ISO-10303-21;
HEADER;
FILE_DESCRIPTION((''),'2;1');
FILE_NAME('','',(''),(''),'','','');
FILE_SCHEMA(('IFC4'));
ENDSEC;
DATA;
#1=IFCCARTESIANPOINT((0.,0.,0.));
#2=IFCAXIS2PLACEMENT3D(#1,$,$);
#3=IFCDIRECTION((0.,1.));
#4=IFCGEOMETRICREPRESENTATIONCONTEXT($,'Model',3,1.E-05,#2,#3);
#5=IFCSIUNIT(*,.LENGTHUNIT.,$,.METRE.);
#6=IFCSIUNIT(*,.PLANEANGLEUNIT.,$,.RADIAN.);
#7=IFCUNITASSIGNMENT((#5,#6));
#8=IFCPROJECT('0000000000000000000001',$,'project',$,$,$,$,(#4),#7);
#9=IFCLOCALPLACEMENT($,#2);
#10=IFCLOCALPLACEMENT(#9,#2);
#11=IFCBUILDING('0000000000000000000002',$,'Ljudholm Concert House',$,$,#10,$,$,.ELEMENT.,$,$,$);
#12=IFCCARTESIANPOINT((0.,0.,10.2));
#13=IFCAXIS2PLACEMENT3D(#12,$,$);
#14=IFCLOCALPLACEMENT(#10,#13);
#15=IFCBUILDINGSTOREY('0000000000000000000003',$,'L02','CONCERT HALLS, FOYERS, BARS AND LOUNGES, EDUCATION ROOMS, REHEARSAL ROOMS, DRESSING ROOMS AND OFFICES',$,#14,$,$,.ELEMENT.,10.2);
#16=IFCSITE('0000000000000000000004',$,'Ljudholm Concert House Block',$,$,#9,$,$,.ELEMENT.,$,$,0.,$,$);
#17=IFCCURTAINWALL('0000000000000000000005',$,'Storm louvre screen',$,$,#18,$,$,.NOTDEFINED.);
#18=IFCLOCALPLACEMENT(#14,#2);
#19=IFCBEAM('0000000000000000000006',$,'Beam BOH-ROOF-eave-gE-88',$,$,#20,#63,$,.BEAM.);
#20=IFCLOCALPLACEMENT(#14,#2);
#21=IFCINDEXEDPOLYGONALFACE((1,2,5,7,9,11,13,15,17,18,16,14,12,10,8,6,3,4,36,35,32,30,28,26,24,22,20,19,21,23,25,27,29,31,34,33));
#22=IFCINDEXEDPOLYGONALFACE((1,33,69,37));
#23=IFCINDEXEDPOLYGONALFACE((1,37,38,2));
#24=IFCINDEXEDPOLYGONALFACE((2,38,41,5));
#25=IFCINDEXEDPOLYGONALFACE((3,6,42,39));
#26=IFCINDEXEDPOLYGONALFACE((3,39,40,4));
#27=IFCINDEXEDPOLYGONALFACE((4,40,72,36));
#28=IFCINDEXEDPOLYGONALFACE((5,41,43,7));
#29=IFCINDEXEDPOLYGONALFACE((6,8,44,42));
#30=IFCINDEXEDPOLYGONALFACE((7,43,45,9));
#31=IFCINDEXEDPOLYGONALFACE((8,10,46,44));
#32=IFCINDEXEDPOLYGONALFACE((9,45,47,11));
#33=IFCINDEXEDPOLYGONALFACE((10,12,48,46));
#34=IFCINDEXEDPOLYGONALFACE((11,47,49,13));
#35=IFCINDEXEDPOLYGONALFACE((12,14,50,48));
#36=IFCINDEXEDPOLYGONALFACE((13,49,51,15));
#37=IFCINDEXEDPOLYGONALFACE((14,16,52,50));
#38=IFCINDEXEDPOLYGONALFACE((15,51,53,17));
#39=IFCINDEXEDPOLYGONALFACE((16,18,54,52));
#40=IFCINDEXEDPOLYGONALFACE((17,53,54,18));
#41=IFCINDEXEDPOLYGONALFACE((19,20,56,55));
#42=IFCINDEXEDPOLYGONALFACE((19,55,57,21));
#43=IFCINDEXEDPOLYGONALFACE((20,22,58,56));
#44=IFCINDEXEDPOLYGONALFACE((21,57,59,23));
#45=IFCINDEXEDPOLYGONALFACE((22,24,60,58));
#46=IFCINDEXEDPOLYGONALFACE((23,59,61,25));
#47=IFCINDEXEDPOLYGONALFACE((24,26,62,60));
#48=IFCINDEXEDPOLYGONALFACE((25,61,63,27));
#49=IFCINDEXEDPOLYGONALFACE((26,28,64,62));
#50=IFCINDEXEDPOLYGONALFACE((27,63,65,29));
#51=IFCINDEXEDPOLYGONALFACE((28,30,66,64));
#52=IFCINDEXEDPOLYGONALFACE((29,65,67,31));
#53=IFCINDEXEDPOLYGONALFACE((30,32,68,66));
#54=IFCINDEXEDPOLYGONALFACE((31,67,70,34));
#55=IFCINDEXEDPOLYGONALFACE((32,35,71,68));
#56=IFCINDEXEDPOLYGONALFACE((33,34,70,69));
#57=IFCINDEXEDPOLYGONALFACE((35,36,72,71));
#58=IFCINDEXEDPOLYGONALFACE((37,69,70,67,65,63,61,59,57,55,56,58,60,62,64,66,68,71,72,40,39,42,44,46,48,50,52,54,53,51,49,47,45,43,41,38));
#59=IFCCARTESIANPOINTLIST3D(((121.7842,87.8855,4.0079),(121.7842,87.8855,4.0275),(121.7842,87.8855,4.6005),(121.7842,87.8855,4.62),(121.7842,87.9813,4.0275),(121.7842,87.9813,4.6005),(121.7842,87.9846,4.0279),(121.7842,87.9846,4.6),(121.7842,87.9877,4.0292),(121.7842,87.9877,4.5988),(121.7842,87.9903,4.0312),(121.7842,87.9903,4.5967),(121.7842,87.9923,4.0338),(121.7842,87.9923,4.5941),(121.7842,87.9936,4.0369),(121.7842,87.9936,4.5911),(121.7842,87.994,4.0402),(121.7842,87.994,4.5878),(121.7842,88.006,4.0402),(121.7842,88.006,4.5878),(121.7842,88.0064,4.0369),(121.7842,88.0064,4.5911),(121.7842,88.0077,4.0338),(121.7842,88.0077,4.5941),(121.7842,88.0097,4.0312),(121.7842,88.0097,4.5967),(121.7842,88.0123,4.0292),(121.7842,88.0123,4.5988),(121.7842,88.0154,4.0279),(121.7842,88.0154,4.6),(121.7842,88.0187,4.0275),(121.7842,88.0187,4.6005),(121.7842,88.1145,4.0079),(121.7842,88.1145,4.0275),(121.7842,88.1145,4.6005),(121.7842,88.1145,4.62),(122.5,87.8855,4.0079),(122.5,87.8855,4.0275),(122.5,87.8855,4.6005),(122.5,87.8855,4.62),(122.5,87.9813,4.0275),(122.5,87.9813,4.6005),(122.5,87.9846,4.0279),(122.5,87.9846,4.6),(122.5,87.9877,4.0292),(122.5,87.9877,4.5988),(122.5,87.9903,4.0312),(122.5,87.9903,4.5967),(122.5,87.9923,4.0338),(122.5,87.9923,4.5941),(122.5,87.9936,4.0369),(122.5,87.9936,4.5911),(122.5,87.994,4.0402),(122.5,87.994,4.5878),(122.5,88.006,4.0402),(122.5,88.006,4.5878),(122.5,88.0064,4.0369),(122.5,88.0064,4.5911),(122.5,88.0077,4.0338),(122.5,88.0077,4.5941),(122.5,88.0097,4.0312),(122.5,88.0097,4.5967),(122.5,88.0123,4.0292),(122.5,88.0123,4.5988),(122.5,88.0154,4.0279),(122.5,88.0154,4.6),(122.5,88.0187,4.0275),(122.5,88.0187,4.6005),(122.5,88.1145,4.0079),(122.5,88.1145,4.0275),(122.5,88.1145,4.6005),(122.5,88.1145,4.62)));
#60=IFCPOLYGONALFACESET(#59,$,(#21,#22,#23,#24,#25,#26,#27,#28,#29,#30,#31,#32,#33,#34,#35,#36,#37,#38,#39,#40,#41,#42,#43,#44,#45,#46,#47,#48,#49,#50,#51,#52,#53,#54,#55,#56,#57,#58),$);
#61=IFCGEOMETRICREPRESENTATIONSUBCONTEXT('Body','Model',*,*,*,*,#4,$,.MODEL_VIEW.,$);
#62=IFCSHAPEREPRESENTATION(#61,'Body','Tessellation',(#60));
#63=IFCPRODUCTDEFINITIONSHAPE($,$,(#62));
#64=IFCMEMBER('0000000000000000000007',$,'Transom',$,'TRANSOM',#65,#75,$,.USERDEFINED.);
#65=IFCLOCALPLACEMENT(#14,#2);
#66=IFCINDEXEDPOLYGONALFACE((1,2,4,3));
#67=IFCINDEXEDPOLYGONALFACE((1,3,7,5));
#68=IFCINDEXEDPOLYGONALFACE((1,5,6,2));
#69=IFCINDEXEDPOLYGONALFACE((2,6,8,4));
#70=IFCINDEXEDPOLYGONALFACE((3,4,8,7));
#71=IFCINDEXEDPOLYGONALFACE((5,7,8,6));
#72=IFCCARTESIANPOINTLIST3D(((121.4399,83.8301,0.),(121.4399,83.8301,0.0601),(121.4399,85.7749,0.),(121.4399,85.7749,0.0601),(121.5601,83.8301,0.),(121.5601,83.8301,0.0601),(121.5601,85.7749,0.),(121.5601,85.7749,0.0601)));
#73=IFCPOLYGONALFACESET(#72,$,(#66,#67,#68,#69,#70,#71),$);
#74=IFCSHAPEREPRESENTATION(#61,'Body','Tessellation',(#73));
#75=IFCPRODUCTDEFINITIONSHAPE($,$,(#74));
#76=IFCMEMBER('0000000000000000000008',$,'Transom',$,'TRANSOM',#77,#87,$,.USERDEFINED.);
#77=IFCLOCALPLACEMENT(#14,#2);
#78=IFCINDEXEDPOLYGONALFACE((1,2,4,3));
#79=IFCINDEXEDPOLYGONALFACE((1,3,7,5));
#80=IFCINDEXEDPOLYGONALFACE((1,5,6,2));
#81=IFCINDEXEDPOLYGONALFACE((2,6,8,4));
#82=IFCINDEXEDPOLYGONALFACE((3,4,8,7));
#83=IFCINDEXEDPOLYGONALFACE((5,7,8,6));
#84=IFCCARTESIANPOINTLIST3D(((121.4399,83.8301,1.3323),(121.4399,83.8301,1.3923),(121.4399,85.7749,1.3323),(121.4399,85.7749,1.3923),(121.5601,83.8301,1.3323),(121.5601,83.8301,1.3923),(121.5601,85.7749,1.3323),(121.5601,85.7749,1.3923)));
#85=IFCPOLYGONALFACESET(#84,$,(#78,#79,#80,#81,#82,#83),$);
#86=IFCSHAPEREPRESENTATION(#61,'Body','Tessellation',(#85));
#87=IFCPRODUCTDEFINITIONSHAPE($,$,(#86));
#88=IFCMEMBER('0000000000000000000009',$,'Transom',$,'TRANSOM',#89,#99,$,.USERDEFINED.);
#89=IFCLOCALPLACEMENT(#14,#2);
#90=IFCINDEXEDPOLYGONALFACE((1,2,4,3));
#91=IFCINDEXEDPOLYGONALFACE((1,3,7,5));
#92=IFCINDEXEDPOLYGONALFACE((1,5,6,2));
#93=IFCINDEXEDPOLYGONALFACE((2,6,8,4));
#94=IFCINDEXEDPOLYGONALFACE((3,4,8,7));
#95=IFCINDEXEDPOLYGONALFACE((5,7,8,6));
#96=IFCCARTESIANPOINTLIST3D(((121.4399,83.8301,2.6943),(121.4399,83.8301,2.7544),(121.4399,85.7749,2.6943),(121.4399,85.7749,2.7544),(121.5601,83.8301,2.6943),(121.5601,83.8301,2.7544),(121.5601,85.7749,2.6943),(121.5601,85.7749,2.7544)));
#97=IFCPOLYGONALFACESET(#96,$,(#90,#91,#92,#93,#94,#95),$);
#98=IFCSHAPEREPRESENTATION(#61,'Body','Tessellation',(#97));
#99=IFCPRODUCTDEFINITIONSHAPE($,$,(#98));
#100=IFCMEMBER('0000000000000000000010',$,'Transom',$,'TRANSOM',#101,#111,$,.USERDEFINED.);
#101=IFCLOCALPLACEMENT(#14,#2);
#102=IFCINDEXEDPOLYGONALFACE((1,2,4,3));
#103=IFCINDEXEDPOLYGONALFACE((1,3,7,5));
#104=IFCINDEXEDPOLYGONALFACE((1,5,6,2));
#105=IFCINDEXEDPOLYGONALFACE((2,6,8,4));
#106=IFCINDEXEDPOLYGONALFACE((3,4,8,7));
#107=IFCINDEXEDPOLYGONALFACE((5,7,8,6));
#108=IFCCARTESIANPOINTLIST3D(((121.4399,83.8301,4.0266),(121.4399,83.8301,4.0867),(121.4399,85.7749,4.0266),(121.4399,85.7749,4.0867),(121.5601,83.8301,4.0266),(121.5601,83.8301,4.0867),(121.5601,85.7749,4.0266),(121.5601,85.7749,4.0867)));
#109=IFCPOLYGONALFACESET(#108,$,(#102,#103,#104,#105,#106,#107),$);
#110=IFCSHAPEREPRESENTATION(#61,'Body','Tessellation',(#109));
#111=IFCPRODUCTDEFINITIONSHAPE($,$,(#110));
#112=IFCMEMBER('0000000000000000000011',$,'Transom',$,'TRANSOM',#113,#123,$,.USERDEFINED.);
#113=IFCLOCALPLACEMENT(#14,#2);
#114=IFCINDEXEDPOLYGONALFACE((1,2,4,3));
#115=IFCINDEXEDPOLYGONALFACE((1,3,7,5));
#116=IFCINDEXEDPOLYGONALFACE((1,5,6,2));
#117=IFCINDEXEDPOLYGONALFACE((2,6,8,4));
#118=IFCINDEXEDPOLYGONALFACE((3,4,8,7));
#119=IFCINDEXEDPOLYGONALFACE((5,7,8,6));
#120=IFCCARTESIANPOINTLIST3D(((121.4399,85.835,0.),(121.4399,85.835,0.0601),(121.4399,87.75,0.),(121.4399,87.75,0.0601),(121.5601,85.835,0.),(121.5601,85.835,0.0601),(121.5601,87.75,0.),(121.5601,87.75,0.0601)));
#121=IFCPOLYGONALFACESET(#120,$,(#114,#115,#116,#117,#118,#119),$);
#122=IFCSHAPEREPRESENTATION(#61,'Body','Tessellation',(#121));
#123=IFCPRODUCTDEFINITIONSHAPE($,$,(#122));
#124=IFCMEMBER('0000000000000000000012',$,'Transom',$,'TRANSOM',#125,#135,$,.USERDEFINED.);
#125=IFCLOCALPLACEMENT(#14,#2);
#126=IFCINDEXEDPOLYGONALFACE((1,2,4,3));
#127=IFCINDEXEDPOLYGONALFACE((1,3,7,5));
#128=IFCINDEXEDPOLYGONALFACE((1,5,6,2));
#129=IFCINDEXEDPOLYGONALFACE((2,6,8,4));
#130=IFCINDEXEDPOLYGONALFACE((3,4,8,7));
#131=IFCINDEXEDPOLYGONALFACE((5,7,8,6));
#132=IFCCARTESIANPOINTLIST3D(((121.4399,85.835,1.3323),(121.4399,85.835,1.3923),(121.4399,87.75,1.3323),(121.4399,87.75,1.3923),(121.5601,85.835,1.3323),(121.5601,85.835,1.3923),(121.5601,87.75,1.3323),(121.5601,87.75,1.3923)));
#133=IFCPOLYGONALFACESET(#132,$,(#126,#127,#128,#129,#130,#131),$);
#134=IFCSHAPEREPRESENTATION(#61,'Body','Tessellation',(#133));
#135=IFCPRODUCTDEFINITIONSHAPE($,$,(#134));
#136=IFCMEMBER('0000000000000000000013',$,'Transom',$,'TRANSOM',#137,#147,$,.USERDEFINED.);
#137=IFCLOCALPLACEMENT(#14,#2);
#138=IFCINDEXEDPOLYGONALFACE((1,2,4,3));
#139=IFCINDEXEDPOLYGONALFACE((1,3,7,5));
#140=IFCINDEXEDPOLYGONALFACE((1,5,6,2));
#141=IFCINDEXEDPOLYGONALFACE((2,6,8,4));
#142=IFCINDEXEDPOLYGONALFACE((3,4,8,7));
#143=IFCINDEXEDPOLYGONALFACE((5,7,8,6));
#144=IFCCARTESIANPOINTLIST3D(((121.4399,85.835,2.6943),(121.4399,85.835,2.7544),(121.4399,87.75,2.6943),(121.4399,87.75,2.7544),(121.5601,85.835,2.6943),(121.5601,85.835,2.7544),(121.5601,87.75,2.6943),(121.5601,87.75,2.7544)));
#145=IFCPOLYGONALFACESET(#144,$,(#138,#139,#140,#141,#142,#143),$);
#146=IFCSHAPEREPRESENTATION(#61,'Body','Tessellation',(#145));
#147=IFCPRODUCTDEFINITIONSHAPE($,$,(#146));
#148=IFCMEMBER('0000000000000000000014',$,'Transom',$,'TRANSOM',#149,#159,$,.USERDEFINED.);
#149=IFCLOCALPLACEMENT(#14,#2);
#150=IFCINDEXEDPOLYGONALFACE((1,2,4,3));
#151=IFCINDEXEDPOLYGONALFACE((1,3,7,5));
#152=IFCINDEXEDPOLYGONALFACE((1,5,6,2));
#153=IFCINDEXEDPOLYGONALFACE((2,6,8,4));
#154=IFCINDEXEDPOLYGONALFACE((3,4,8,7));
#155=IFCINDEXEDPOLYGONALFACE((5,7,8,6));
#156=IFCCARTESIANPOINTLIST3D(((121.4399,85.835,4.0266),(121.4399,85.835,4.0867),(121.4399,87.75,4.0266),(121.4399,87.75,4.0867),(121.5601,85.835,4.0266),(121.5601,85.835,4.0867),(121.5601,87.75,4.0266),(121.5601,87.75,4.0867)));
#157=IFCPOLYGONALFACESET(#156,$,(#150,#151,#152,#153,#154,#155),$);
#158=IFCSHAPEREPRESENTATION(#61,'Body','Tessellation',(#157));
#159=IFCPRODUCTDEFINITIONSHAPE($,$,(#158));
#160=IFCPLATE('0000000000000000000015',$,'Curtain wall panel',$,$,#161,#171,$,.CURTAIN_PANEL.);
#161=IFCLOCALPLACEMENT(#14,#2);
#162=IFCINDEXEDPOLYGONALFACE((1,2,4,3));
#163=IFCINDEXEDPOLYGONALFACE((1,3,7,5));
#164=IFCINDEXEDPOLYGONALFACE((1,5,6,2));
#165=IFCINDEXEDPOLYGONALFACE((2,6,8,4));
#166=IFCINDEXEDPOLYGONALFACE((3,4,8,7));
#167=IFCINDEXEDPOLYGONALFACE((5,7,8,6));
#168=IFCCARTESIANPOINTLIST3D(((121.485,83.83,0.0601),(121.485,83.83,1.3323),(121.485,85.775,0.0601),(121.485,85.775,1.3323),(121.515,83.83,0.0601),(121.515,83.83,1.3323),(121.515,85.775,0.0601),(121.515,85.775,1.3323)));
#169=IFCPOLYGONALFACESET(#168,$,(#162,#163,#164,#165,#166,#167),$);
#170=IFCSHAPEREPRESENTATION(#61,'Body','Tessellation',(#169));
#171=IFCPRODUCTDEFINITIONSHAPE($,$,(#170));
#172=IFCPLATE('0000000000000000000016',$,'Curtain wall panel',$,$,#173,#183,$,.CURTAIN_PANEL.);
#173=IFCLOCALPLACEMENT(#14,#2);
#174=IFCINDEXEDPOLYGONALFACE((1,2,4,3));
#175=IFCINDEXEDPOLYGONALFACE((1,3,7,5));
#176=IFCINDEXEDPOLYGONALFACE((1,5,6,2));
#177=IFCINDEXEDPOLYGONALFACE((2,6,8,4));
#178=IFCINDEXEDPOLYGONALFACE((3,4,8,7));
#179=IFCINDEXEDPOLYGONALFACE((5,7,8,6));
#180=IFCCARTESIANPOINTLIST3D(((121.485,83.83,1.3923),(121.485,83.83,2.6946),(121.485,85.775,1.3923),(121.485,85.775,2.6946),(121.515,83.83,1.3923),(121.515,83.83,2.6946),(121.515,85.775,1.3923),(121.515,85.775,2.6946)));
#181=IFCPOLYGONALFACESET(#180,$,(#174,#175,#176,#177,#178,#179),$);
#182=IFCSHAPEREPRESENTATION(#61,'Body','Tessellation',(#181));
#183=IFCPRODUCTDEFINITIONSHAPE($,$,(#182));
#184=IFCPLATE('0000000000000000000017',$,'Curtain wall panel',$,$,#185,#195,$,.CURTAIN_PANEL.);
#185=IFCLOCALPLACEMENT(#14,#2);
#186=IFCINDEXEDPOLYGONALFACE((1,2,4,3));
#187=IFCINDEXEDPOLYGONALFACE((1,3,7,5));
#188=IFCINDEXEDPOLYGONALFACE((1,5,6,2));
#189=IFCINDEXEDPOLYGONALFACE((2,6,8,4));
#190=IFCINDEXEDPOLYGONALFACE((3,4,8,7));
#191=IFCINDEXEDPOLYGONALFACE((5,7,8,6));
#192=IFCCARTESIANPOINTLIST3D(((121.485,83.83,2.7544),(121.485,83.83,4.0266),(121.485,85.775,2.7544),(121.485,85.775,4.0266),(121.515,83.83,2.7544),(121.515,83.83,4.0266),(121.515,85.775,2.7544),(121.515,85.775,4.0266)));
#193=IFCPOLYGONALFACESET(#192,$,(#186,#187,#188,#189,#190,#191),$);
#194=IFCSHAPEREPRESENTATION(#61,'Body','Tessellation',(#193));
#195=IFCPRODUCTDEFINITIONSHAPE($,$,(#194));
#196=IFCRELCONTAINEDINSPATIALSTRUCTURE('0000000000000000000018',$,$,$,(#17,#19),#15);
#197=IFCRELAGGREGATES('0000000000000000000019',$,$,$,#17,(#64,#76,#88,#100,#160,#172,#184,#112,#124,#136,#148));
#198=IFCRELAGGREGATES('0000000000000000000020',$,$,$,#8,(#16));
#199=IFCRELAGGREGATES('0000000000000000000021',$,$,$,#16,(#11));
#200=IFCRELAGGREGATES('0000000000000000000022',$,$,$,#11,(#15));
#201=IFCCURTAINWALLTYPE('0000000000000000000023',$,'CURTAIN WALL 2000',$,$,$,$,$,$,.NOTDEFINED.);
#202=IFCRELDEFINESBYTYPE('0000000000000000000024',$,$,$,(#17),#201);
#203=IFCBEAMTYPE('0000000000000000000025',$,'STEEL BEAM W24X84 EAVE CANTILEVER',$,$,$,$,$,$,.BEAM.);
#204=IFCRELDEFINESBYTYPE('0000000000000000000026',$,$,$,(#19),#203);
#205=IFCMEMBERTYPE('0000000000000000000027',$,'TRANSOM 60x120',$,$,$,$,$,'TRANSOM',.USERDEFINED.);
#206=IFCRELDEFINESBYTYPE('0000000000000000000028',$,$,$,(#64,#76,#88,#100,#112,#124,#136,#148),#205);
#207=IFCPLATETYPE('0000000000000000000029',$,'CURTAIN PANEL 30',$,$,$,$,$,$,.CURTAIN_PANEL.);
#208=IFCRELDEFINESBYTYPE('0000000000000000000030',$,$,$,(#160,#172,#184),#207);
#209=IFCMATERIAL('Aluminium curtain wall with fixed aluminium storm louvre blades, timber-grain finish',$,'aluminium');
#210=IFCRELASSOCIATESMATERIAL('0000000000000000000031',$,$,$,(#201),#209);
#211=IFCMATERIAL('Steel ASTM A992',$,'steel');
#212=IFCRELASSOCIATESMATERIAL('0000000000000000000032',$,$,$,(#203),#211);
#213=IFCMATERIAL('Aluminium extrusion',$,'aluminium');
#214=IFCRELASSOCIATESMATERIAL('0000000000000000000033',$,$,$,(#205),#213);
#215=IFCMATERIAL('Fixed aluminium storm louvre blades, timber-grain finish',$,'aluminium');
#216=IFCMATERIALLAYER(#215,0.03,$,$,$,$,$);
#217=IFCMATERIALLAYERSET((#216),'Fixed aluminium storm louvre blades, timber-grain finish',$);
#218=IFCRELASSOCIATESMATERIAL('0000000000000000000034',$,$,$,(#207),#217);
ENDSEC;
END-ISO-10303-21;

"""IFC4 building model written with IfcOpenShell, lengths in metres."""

from ifc_helpers import new_model, si_unit, direction, frame, origin, origin_2d, place, context, subcontext, project, spatial, rectangle, i_section, extrude, material, layer, layer_set, material_profile, profile_set, type_object, element, aggregate, save


model = new_model("IFC4")

# Units and contexts
model_context = context("Model", 3, precision=1e-05, world=origin(), true_north=direction((0.0, 1.0)))
body_context = subcontext(model_context, "Body", "Model", "MODEL_VIEW")
ifc_project = project(units=[si_unit("LENGTHUNIT", "METRE"), si_unit("PLANEANGLEUNIT", "RADIAN")], contexts=[model_context])

# Site, building, storey
site_placement = place(None, origin())
site = spatial("IfcSite", under=ifc_project, at=site_placement, Name="Ljudholm Concert House Block", CompositionType="ELEMENT", RefElevation=0.0)
building_placement = place(site_placement, origin())
building = spatial("IfcBuilding", under=site, at=building_placement, Name="Ljudholm Concert House", CompositionType="ELEMENT")
storey_placement = place(building_placement, frame((0.0, 0.0, 10.2)))
storey = spatial("IfcBuildingStorey", under=building, at=storey_placement, Name="L02", Description="CONCERT HALLS, FOYERS, BARS AND LOUNGES, EDUCATION ROOMS, REHEARSAL ROOMS, DRESSING ROOMS AND OFFICES", CompositionType="ELEMENT", Elevation=10.2)

# Curtain wall
ifc_material_1 = material(Name="Aluminium curtain wall with fixed aluminium storm louvre blades, timber-grain finish", Category="aluminium")
curtain_wall_type = type_object("IfcCurtainWallType", Name="CURTAIN WALL 2000", PredefinedType="NOTDEFINED", material=ifc_material_1)
curtain_wall_placement = place(storey_placement, origin())
curtain_wall = element("IfcCurtainWall", 1, at=curtain_wall_placement, inside=storey, type_object=curtain_wall_type, Name="Storm louvre screen", PredefinedType="NOTDEFINED")

# Beam
ifc_material_2 = material(Name="Steel ASTM A992", Category="steel")
ifc_material_profile_1 = material_profile(ifc_material_2, i_section(OverallWidth=0.229, OverallDepth=0.6121, WebThickness=0.012, FlangeThickness=0.0195, FilletRadius=0.0127, at=origin_2d()), Name="W24X84")
ifc_profile_set_1 = profile_set([ifc_material_profile_1], Name="Steel ASTM A992")
beam_type_1 = type_object("IfcBeamType", Name="STEEL BEAM W24X84 EAVE CANTILEVER", PredefinedType="BEAM", material=ifc_profile_set_1)
beam_1_placement = place(storey_placement, frame((121.7842, 88.0, 4.314), z_axis=(1.0, 0.0, 0.0), x_axis=(0.0, 1.0, 0.0)))
element("IfcBeam", 2, at=beam_1_placement, inside=storey, type_object=beam_type_1, Name="Beam BOH-ROOF-eave-gE-88", PredefinedType="BEAM", context=body_context, shape_type="SweptSolid", body=[
    extrude(i_section(OverallWidth=0.229, OverallDepth=0.6121, WebThickness=0.012, FlangeThickness=0.0195, FilletRadius=0.0127, at=origin_2d()), origin(), (0.0, 0.0, 1.0), 0.7158),
])

# Members
ifc_material_3 = material(Name="Aluminium extrusion", Category="aluminium")
ifc_material_profile_2 = material_profile(ifc_material_3, rectangle(XDim=0.1201, YDim=0.0601, at=origin_2d()), Name="TRANSOM 60x120")
ifc_profile_set_2 = profile_set([ifc_material_profile_2], Name="Aluminium extrusion")
member_type_1 = type_object("IfcMemberType", Name="TRANSOM 60x120", ElementType="TRANSOM", PredefinedType="USERDEFINED", material=ifc_profile_set_2)
member_1_placement = place(storey_placement, frame((121.5, 83.8301, 0.03), z_axis=(0.0, 1.0, 0.0), x_axis=(-1.0, 0.0, 0.0)))
member_1 = element("IfcMember", 3, at=member_1_placement, type_object=member_type_1, Name="Transom", ObjectType="TRANSOM", PredefinedType="USERDEFINED", context=body_context, shape_type="SweptSolid", body=[
    extrude(rectangle(XDim=0.1201, YDim=0.0601, at=origin_2d()), origin(), (0.0, 0.0, 1.0), 1.9448),
])
member_2_placement = place(storey_placement, frame((121.5, 83.8301, 1.3623), z_axis=(0.0, 1.0, 0.0), x_axis=(-1.0, 0.0, 0.0)))
member_2 = element("IfcMember", 4, at=member_2_placement, type_object=member_type_1, Name="Transom", ObjectType="TRANSOM", PredefinedType="USERDEFINED", context=body_context, shape_type="SweptSolid", body=[
    extrude(rectangle(XDim=0.1201, YDim=0.0601, at=origin_2d()), origin(), (0.0, 0.0, 1.0), 1.9448),
])
member_3_placement = place(storey_placement, frame((121.5, 83.8301, 2.7244), z_axis=(0.0, 1.0, 0.0), x_axis=(-1.0, 0.0, 0.0)))
member_3 = element("IfcMember", 5, at=member_3_placement, type_object=member_type_1, Name="Transom", ObjectType="TRANSOM", PredefinedType="USERDEFINED", context=body_context, shape_type="SweptSolid", body=[
    extrude(rectangle(XDim=0.1201, YDim=0.0601, at=origin_2d()), origin(), (0.0, 0.0, 1.0), 1.9448),
])
member_4_placement = place(storey_placement, frame((121.5, 83.8301, 4.0566), z_axis=(0.0, 1.0, 0.0), x_axis=(-1.0, 0.0, 0.0)))
member_4 = element("IfcMember", 6, at=member_4_placement, type_object=member_type_1, Name="Transom", ObjectType="TRANSOM", PredefinedType="USERDEFINED", context=body_context, shape_type="SweptSolid", body=[
    extrude(rectangle(XDim=0.1201, YDim=0.0601, at=origin_2d()), origin(), (0.0, 0.0, 1.0), 1.9448),
])
member_5_placement = place(storey_placement, frame((121.5, 85.835, 0.03), z_axis=(0.0, 1.0, 0.0), x_axis=(-1.0, 0.0, 0.0)))
member_5 = element("IfcMember", 7, at=member_5_placement, type_object=member_type_1, Name="Transom", ObjectType="TRANSOM", PredefinedType="USERDEFINED", context=body_context, shape_type="SweptSolid", body=[
    extrude(rectangle(XDim=0.1201, YDim=0.0601, at=origin_2d()), origin(), (0.0, 0.0, 1.0), 1.915),
])
member_6_placement = place(storey_placement, frame((121.5, 85.835, 1.3623), z_axis=(0.0, 1.0, 0.0), x_axis=(-1.0, 0.0, 0.0)))
member_6 = element("IfcMember", 8, at=member_6_placement, type_object=member_type_1, Name="Transom", ObjectType="TRANSOM", PredefinedType="USERDEFINED", context=body_context, shape_type="SweptSolid", body=[
    extrude(rectangle(XDim=0.1201, YDim=0.0601, at=origin_2d()), origin(), (0.0, 0.0, 1.0), 1.915),
])
member_7_placement = place(storey_placement, frame((121.5, 85.835, 2.7244), z_axis=(0.0, 1.0, 0.0), x_axis=(-1.0, 0.0, 0.0)))
member_7 = element("IfcMember", 9, at=member_7_placement, type_object=member_type_1, Name="Transom", ObjectType="TRANSOM", PredefinedType="USERDEFINED", context=body_context, shape_type="SweptSolid", body=[
    extrude(rectangle(XDim=0.1201, YDim=0.0601, at=origin_2d()), origin(), (0.0, 0.0, 1.0), 1.915),
])
member_8_placement = place(storey_placement, frame((121.5, 85.835, 4.0566), z_axis=(0.0, 1.0, 0.0), x_axis=(-1.0, 0.0, 0.0)))
member_8 = element("IfcMember", 10, at=member_8_placement, type_object=member_type_1, Name="Transom", ObjectType="TRANSOM", PredefinedType="USERDEFINED", context=body_context, shape_type="SweptSolid", body=[
    extrude(rectangle(XDim=0.1201, YDim=0.0601, at=origin_2d()), origin(), (0.0, 0.0, 1.0), 1.915),
])

# Plates
ifc_material_4 = material(Name="Fixed aluminium storm louvre blades, timber-grain finish", Category="aluminium")
ifc_layer_1 = layer(ifc_material_4, 0.03)
ifc_layer_set_1 = layer_set([ifc_layer_1], Name="Fixed aluminium storm louvre blades, timber-grain finish")
plate_type = type_object("IfcPlateType", Name="CURTAIN PANEL 30", PredefinedType="CURTAIN_PANEL", material=ifc_layer_set_1)
plate_1_placement = place(storey_placement, frame((121.5, 84.8025, 0.0601), z_axis=(0.0, 0.0, 1.0), x_axis=(0.0, 1.0, 0.0)))
plate_1 = element("IfcPlate", 11, at=plate_1_placement, type_object=plate_type, Name="Curtain wall panel", PredefinedType="CURTAIN_PANEL", context=body_context, shape_type="SweptSolid", body=[
    extrude(rectangle(XDim=1.9451, YDim=0.03, at=origin_2d()), origin(), (0.0, 0.0, 1.0), 1.2722),
])
plate_2_placement = place(storey_placement, frame((121.5, 84.8025, 1.3923), z_axis=(0.0, 0.0, 1.0), x_axis=(0.0, 1.0, 0.0)))
plate_2 = element("IfcPlate", 12, at=plate_2_placement, type_object=plate_type, Name="Curtain wall panel", PredefinedType="CURTAIN_PANEL", context=body_context, shape_type="SweptSolid", body=[
    extrude(rectangle(XDim=1.9451, YDim=0.03, at=origin_2d()), origin(), (0.0, 0.0, 1.0), 1.3022),
])
plate_3_placement = place(storey_placement, frame((121.5, 84.8025, 2.7544), z_axis=(0.0, 0.0, 1.0), x_axis=(0.0, 1.0, 0.0)))
plate_3 = element("IfcPlate", 13, at=plate_3_placement, type_object=plate_type, Name="Curtain wall panel", PredefinedType="CURTAIN_PANEL", context=body_context, shape_type="SweptSolid", body=[
    extrude(rectangle(XDim=1.9451, YDim=0.03, at=origin_2d()), origin(), (0.0, 0.0, 1.0), 1.2722),
])
aggregate(curtain_wall, [member_1, member_2, member_3, member_4, plate_1, plate_2, plate_3, member_5, member_6, member_7, member_8])

save(model, "model.ifc")
